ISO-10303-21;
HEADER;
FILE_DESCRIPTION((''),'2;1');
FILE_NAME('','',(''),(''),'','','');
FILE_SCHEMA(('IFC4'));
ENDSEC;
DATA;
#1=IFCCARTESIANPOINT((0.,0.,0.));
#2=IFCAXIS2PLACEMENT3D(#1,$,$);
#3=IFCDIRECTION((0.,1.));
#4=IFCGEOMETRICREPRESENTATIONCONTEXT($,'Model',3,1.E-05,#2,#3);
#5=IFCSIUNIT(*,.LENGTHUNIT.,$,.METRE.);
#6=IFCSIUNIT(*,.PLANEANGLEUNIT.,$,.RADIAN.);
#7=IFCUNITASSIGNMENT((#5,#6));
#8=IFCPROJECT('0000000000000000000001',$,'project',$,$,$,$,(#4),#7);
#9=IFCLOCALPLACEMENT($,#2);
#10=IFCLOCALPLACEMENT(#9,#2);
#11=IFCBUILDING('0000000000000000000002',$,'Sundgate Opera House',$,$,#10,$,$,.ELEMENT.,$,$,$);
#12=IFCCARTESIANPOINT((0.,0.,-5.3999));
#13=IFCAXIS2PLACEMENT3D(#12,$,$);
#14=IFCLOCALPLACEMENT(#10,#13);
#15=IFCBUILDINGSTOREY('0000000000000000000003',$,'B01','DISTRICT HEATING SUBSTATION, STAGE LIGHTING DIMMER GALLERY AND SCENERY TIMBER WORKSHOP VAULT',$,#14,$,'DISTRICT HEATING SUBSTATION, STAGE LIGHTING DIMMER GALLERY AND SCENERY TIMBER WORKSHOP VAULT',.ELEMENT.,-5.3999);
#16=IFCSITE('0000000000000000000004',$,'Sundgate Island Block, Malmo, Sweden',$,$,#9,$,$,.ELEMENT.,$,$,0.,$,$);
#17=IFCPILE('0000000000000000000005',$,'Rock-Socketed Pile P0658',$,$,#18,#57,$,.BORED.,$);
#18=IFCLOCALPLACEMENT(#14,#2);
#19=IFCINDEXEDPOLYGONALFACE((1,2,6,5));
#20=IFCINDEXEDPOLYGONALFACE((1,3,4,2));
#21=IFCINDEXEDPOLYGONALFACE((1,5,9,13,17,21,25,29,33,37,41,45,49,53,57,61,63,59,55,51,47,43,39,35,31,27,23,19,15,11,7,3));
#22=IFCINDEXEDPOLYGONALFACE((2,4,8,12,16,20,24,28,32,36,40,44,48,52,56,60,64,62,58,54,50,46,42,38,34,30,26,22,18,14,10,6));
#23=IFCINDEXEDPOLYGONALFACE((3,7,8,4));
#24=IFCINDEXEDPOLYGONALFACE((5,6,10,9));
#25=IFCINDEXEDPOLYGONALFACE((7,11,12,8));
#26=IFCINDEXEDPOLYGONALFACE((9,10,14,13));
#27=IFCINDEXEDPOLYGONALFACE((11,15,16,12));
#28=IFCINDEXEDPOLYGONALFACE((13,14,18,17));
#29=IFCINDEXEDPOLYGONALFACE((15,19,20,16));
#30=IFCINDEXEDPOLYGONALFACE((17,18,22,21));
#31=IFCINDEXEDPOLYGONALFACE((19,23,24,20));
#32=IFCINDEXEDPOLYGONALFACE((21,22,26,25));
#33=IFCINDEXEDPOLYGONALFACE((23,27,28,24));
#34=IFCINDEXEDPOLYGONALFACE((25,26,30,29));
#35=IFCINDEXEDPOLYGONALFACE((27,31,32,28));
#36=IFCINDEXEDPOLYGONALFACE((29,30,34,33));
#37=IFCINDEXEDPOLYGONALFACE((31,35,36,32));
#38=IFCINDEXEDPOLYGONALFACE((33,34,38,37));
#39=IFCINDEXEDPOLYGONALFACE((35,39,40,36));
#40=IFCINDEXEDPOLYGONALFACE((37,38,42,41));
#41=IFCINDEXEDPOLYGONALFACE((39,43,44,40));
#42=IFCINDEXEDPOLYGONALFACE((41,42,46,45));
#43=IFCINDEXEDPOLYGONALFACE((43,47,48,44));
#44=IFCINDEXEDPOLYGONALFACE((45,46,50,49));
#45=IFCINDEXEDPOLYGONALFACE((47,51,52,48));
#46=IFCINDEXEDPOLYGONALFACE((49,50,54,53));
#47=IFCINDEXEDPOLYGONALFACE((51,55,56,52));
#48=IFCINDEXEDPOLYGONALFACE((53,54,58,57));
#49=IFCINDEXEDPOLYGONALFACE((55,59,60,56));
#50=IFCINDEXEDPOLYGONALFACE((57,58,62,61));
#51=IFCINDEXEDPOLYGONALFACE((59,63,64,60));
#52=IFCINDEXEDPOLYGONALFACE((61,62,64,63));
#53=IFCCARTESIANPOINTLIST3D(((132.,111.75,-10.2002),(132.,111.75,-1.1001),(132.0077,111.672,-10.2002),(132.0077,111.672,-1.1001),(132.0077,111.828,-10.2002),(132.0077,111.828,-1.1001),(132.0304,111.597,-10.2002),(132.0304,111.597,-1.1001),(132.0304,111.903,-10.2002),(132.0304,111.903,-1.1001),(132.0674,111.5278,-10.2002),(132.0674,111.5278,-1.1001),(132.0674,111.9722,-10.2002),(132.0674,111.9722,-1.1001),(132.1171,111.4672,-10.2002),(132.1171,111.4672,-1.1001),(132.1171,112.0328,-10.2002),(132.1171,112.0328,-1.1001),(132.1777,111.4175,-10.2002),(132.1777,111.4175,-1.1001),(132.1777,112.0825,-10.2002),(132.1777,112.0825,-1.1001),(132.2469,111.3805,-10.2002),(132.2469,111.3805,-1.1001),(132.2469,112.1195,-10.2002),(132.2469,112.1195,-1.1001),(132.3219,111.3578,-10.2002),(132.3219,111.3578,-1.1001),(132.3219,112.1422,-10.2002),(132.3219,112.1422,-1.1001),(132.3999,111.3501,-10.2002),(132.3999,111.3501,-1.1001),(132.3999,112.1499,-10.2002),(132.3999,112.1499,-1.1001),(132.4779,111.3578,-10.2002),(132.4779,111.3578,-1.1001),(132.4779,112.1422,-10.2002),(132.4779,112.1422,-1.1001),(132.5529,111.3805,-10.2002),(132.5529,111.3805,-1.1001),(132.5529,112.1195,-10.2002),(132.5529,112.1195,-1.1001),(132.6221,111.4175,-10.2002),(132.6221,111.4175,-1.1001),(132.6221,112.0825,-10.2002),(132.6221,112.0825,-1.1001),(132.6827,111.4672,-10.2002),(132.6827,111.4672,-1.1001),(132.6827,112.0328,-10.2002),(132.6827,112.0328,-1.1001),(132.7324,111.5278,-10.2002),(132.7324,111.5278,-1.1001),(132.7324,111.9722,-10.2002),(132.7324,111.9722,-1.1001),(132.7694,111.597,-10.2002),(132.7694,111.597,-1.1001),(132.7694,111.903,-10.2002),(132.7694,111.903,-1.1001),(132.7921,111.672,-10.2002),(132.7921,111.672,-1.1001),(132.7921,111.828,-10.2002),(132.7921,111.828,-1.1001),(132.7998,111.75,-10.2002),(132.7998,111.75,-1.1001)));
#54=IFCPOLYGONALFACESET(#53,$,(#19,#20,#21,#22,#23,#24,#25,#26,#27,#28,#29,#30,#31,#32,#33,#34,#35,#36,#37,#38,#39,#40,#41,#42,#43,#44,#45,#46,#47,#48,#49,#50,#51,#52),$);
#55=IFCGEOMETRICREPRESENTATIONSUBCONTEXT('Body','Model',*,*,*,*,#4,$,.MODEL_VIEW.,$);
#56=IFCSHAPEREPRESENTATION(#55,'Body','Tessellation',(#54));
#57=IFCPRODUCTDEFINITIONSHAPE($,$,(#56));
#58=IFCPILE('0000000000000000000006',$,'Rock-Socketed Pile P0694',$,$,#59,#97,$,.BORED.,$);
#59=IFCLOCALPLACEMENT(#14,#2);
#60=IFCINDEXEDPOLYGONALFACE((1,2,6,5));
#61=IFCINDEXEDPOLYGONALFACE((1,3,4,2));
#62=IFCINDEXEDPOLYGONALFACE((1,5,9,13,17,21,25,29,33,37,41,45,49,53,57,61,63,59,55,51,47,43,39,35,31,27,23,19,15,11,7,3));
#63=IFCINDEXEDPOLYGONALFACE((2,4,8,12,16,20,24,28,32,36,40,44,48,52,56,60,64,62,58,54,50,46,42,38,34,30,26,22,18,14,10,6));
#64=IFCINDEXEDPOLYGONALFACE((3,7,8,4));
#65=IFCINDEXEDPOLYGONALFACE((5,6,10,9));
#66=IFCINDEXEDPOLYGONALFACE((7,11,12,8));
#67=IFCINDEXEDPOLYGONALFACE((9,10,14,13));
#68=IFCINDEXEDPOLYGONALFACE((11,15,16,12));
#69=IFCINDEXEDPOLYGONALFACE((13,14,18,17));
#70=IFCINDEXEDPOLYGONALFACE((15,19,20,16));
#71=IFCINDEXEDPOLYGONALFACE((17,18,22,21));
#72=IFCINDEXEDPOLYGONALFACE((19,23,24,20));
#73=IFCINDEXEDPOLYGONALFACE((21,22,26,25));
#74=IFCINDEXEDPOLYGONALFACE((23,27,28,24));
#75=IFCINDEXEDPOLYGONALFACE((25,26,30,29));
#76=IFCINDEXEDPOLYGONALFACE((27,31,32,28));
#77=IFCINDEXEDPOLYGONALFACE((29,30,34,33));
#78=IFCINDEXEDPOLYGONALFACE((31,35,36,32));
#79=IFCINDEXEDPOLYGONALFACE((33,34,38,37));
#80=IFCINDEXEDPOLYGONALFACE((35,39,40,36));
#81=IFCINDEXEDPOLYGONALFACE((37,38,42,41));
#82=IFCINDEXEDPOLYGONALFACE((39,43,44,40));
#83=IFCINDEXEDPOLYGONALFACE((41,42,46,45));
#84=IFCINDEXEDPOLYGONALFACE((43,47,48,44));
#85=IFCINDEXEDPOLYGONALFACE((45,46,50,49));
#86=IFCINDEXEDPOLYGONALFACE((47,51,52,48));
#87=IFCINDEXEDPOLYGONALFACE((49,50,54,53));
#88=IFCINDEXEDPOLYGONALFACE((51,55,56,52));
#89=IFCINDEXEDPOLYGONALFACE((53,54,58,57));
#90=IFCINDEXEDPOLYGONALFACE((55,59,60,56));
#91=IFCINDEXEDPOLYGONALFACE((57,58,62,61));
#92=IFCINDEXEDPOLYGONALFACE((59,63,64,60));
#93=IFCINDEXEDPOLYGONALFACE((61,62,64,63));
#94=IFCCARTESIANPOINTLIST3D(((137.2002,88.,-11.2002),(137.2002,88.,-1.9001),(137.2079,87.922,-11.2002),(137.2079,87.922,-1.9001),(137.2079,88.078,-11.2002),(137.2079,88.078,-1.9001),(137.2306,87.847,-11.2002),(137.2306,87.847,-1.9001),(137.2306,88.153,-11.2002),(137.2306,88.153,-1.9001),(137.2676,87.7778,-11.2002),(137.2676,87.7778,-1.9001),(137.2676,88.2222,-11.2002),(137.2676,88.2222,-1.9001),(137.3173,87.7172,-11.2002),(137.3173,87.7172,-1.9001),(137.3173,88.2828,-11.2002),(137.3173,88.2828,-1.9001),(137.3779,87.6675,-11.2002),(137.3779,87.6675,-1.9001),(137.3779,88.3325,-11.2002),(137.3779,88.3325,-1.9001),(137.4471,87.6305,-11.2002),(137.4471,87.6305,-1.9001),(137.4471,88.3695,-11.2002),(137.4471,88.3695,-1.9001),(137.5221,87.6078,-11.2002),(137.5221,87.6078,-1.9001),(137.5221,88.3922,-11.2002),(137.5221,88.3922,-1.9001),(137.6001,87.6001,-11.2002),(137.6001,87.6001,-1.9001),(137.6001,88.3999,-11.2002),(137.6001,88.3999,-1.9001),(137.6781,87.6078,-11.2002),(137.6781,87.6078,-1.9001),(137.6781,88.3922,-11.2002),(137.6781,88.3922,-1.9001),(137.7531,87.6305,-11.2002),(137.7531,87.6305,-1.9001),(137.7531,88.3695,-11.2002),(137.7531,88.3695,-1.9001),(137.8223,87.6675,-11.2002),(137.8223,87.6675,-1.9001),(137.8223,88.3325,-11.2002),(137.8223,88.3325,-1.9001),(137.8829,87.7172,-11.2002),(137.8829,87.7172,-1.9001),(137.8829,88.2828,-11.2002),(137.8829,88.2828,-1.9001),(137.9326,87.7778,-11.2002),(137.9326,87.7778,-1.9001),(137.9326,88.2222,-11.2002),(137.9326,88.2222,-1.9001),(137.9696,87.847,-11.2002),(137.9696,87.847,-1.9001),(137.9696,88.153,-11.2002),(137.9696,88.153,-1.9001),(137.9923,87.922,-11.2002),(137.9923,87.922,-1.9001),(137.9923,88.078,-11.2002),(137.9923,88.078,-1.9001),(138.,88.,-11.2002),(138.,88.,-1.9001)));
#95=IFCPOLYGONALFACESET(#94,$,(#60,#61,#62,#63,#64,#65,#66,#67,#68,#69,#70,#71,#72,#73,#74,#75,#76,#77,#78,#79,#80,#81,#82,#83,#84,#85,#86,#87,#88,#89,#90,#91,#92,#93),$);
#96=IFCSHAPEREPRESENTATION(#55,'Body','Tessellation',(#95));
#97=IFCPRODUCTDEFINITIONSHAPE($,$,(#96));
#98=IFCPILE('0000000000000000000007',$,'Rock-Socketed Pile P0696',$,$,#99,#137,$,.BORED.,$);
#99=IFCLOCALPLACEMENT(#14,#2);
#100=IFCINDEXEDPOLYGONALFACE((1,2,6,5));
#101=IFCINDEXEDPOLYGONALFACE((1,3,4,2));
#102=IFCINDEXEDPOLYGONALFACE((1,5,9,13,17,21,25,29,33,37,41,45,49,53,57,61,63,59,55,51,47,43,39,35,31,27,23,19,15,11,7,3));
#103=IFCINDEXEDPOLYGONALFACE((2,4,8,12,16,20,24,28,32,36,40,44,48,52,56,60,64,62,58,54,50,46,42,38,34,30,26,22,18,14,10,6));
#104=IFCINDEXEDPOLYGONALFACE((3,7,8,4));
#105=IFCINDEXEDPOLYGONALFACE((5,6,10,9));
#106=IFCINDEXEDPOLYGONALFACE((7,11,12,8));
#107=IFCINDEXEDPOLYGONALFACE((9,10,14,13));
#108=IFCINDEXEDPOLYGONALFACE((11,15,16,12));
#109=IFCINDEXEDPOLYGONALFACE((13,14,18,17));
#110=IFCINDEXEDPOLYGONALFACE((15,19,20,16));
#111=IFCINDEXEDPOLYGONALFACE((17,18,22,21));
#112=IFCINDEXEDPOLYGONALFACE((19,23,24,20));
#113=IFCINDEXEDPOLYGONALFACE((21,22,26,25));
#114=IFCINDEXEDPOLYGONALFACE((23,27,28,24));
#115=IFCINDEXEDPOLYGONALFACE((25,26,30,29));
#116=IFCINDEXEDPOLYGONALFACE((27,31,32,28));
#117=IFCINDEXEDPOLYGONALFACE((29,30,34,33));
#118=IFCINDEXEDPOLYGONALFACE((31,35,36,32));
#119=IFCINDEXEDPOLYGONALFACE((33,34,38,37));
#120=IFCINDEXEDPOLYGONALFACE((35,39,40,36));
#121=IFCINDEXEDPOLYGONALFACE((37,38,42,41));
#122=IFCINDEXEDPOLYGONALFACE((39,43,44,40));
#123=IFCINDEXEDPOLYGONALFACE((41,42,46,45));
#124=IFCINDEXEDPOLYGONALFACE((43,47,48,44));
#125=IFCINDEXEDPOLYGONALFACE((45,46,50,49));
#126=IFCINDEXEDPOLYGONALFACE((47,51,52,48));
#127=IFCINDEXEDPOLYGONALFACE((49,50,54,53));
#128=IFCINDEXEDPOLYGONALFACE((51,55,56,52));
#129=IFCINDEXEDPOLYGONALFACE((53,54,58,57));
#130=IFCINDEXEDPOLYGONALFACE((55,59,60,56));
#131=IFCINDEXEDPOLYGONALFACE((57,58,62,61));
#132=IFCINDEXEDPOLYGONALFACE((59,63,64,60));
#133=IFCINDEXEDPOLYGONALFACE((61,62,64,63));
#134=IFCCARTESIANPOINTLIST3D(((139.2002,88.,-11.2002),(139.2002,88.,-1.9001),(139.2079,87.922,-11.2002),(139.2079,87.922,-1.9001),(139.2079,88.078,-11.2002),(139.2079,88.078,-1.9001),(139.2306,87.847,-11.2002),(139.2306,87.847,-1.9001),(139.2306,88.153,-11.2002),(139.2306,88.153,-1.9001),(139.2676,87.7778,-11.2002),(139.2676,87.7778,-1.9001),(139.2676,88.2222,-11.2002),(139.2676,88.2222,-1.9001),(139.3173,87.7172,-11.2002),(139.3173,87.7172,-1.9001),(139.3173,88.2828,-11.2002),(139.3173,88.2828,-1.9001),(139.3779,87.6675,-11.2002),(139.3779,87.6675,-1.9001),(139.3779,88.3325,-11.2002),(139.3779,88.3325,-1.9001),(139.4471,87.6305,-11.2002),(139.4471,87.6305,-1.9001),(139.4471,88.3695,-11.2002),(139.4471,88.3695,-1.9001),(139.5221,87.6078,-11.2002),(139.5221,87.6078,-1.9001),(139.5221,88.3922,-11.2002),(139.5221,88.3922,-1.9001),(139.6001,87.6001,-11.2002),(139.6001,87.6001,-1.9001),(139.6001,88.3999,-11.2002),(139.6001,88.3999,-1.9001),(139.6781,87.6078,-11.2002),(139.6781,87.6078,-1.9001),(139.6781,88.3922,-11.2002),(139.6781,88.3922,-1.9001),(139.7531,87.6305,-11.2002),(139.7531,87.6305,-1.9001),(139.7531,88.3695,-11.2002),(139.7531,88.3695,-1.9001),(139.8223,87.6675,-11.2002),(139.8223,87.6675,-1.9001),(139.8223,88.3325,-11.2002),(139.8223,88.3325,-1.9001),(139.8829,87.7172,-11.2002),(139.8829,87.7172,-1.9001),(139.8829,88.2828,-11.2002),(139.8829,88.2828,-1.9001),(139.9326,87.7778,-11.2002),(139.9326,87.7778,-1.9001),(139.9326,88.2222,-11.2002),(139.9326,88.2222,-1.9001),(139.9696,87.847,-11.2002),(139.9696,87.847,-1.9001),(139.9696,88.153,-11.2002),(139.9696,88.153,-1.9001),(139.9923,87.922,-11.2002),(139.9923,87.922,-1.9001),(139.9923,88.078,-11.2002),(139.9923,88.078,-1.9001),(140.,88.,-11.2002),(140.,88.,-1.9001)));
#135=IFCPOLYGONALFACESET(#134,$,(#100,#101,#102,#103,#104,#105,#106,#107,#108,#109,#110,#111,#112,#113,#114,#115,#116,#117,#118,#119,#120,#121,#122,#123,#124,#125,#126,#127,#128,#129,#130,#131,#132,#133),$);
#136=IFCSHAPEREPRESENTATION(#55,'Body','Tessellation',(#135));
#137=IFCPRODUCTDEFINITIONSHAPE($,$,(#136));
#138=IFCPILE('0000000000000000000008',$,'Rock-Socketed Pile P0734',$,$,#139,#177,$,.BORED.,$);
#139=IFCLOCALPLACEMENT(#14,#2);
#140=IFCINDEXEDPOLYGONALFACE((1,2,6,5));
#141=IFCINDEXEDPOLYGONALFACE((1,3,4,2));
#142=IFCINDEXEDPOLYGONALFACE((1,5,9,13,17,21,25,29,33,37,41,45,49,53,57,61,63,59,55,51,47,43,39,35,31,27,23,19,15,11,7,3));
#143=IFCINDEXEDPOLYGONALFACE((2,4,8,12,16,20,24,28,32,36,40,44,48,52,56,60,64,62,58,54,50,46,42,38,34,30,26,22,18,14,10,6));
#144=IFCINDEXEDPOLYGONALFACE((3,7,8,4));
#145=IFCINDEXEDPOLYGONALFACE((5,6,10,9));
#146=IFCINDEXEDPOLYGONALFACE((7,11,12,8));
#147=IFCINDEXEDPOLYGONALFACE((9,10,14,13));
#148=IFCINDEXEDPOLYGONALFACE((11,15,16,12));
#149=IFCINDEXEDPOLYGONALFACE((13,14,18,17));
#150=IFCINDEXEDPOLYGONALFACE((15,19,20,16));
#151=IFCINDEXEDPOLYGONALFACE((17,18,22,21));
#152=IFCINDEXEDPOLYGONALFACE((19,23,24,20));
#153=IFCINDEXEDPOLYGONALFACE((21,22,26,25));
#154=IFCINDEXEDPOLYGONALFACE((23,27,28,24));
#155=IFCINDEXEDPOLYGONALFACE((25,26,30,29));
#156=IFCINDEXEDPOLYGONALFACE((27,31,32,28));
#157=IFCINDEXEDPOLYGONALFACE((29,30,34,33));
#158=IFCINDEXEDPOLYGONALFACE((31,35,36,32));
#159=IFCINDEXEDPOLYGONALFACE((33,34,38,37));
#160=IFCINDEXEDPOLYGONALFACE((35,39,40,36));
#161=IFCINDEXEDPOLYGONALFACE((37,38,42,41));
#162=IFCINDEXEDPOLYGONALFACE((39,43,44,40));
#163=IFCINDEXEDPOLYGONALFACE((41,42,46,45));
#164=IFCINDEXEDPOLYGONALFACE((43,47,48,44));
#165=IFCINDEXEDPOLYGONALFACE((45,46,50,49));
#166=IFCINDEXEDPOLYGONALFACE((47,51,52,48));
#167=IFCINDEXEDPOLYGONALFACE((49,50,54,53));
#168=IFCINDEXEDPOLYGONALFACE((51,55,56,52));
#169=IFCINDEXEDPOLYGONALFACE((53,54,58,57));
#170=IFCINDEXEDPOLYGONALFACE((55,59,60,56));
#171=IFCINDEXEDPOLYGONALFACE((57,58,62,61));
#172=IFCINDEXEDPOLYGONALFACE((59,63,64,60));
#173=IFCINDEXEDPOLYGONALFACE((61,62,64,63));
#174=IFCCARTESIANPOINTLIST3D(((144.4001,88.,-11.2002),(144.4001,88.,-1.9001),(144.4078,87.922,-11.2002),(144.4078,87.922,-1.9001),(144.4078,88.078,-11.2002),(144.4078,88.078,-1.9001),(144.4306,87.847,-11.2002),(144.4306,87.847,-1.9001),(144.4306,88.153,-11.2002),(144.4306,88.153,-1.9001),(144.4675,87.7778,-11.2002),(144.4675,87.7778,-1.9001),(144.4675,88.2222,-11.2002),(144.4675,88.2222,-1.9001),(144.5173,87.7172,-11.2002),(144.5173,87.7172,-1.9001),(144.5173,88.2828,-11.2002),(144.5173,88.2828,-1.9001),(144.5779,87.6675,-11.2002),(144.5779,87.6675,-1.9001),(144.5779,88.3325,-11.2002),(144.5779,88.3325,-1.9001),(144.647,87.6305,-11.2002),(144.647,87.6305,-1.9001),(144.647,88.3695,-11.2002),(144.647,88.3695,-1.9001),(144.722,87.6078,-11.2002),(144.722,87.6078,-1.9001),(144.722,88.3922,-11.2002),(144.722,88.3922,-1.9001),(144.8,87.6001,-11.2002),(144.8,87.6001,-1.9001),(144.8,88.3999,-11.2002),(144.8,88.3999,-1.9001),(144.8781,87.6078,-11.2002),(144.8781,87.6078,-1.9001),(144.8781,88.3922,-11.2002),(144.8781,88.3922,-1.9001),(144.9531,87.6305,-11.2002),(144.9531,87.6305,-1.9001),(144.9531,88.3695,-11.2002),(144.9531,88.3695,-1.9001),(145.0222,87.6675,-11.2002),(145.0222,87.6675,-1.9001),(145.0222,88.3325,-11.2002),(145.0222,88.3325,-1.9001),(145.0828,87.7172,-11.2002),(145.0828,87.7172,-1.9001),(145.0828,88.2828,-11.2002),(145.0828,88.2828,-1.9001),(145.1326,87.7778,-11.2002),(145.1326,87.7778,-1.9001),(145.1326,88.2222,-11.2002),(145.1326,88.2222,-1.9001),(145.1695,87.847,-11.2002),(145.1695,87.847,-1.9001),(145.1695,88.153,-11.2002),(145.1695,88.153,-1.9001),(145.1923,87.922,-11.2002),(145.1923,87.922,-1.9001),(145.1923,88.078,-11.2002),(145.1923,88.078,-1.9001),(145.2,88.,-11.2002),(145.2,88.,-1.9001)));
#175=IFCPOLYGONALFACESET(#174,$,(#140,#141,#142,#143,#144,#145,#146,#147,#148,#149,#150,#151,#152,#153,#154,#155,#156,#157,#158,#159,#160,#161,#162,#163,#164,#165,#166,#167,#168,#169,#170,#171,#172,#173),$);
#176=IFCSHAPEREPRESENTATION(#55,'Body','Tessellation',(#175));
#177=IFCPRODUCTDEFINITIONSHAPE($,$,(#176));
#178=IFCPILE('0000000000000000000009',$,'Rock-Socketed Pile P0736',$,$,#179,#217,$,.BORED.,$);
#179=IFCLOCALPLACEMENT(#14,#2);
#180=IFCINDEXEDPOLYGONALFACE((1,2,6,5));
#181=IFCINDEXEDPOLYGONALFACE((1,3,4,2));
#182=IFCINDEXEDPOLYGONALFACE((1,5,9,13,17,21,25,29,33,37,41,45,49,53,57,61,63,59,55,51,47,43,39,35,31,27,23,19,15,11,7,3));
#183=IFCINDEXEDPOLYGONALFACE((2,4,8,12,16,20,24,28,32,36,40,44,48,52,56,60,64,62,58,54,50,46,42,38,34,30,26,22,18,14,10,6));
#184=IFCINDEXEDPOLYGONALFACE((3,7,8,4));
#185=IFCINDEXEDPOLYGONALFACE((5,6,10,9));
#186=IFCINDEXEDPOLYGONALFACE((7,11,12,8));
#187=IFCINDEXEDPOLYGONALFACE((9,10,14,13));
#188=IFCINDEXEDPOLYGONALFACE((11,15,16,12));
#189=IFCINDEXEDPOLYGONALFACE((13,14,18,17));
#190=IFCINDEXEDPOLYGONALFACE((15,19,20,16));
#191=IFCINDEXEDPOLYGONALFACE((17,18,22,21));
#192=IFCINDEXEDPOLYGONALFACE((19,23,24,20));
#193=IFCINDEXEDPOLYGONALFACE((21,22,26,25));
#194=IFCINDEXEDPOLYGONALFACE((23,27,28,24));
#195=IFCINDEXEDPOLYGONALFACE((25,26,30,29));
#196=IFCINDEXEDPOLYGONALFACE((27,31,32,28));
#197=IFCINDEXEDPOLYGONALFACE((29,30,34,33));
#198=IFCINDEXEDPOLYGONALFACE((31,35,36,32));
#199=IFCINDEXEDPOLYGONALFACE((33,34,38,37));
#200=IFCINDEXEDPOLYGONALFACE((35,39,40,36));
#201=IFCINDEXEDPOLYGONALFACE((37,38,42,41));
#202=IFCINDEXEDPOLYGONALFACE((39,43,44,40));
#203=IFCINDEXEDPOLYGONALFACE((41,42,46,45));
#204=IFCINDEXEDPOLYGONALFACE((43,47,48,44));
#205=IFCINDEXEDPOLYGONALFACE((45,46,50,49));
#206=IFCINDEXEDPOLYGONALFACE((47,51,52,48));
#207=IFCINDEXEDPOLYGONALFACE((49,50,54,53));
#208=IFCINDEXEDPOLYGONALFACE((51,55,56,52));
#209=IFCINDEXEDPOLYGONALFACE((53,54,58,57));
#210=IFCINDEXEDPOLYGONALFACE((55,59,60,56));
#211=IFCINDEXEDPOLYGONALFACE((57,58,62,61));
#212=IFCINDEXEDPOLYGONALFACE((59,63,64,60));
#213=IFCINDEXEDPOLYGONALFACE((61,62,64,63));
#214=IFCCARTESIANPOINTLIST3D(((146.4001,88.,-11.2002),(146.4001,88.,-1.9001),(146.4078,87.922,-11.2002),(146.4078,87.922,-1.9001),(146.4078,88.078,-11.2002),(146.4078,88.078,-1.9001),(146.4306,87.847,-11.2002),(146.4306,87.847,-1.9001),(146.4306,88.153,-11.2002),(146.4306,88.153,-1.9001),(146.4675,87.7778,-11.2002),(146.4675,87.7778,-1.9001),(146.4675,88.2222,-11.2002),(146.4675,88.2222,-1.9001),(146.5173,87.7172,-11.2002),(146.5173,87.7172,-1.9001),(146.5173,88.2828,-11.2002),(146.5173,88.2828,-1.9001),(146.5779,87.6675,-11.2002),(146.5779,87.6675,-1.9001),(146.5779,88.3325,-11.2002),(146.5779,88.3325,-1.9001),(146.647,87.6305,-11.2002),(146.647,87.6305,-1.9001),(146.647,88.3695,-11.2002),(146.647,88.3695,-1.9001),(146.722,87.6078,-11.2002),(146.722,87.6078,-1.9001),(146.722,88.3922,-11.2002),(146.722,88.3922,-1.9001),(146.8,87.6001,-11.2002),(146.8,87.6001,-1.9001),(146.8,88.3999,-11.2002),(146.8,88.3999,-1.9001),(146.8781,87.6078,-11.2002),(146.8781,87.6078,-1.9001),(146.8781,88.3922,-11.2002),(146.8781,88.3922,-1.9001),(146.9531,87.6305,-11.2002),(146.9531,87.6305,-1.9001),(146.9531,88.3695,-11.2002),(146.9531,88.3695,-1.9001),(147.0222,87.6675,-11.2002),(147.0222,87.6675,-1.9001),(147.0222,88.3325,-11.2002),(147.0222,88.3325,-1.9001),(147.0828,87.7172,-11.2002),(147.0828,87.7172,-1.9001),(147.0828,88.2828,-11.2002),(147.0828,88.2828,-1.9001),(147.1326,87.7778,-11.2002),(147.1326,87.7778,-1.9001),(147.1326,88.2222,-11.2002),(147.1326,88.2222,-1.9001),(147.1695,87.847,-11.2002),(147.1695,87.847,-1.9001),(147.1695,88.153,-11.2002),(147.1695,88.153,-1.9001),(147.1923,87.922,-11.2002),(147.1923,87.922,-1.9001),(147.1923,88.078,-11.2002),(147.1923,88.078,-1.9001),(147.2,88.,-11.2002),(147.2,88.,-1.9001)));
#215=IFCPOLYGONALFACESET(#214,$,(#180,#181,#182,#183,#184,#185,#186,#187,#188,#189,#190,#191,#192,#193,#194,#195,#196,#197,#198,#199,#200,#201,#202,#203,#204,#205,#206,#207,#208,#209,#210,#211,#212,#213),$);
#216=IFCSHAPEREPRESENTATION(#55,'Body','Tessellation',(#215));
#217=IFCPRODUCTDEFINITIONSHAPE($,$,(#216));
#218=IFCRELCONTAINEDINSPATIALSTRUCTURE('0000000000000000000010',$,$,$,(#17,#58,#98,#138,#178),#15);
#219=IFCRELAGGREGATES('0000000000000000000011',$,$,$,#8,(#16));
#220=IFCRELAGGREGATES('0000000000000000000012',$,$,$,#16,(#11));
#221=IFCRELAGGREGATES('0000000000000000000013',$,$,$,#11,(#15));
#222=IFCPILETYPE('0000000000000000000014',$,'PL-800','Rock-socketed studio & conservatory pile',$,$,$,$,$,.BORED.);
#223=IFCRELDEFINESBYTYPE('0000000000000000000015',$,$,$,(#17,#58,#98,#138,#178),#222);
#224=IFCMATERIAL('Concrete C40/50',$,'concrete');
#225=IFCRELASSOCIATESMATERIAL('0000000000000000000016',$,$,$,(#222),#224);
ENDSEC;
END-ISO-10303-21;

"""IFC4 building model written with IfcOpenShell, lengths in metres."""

from ifc_helpers import new_model, si_unit, direction, frame, origin, origin_2d, place, context, subcontext, project, spatial, circle, extrude, material, material_profile, profile_set, type_object, element, save


model = new_model("IFC4")

# Units and contexts
model_context = context("Model", 3, precision=1e-05, world=origin(), true_north=direction((0.0, 1.0)))
body_context = subcontext(model_context, "Body", "Model", "MODEL_VIEW")
ifc_project = project(units=[si_unit("LENGTHUNIT", "METRE"), si_unit("PLANEANGLEUNIT", "RADIAN")], contexts=[model_context])

# Site, building, storey
site_placement = place(None, origin())
site = spatial("IfcSite", under=ifc_project, at=site_placement, Name="Sundgate Island Block, Malmo, Sweden", CompositionType="ELEMENT", RefElevation=0.0)
building_placement = place(site_placement, origin())
building = spatial("IfcBuilding", under=site, at=building_placement, Name="Sundgate Opera House", CompositionType="ELEMENT")
storey_placement = place(building_placement, frame((0.0, 0.0, -5.3999)))
storey = spatial("IfcBuildingStorey", under=building, at=storey_placement, Name="B01", Description="DISTRICT HEATING SUBSTATION, STAGE LIGHTING DIMMER GALLERY AND SCENERY TIMBER WORKSHOP VAULT", LongName="DISTRICT HEATING SUBSTATION, STAGE LIGHTING DIMMER GALLERY AND SCENERY TIMBER WORKSHOP VAULT", CompositionType="ELEMENT", Elevation=-5.3999)

# Piles
ifc_material_1 = material(Name="Concrete C40/50", Category="concrete")
ifc_material_profile_1 = material_profile(ifc_material_1, circle(Radius=0.3999, at=origin_2d()), Name="PILE D800")
ifc_profile_set_1 = profile_set([ifc_material_profile_1], Name="Concrete C40/50")
pile_type = type_object("IfcPileType", Name="PL-800", Description="Rock-socketed studio & conservatory pile", PredefinedType="BORED", material=ifc_profile_set_1)
pile_1_placement = place(storey_placement, frame((132.3999, 111.75, -1.1001), z_axis=(0.0, 0.0, -1.0), x_axis=(1.0, 0.0, 0.0)))
element("IfcPile", 1, at=pile_1_placement, inside=storey, type_object=pile_type, Name="Rock-Socketed Pile P0658", PredefinedType="BORED", context=body_context, shape_type="SweptSolid", body=[
    extrude(circle(Radius=0.3999, at=origin_2d()), origin(), (0.0, 0.0, 1.0), 9.1001),
])
for number, where, z_axis, x_axis, name in (
    (2, (137.6001, 88.0, -1.9001), (0.0, 0.0, -1.0), (1.0, 0.0, 0.0), "Rock-Socketed Pile P0694"),
    (3, (139.6001, 88.0, -1.9001), (0.0, 0.0, -1.0), (1.0, 0.0, 0.0), "Rock-Socketed Pile P0696"),
    (4, (144.8, 88.0, -1.9001), (0.0, 0.0, -1.0), (1.0, 0.0, 0.0), "Rock-Socketed Pile P0734"),
    (5, (146.8, 88.0, -1.9001), (0.0, 0.0, -1.0), (1.0, 0.0, 0.0), "Rock-Socketed Pile P0736"),
):
    element("IfcPile", number, at=place(storey_placement, frame(where, z_axis=z_axis, x_axis=x_axis)), inside=storey, type_object=pile_type, Name=name, PredefinedType="BORED", context=body_context, shape_type="SweptSolid", body=[
        extrude(circle(Radius=0.3999, at=origin_2d()), origin(), (0.0, 0.0, 1.0), 9.3),
    ])

save(model, "model.ifc")
